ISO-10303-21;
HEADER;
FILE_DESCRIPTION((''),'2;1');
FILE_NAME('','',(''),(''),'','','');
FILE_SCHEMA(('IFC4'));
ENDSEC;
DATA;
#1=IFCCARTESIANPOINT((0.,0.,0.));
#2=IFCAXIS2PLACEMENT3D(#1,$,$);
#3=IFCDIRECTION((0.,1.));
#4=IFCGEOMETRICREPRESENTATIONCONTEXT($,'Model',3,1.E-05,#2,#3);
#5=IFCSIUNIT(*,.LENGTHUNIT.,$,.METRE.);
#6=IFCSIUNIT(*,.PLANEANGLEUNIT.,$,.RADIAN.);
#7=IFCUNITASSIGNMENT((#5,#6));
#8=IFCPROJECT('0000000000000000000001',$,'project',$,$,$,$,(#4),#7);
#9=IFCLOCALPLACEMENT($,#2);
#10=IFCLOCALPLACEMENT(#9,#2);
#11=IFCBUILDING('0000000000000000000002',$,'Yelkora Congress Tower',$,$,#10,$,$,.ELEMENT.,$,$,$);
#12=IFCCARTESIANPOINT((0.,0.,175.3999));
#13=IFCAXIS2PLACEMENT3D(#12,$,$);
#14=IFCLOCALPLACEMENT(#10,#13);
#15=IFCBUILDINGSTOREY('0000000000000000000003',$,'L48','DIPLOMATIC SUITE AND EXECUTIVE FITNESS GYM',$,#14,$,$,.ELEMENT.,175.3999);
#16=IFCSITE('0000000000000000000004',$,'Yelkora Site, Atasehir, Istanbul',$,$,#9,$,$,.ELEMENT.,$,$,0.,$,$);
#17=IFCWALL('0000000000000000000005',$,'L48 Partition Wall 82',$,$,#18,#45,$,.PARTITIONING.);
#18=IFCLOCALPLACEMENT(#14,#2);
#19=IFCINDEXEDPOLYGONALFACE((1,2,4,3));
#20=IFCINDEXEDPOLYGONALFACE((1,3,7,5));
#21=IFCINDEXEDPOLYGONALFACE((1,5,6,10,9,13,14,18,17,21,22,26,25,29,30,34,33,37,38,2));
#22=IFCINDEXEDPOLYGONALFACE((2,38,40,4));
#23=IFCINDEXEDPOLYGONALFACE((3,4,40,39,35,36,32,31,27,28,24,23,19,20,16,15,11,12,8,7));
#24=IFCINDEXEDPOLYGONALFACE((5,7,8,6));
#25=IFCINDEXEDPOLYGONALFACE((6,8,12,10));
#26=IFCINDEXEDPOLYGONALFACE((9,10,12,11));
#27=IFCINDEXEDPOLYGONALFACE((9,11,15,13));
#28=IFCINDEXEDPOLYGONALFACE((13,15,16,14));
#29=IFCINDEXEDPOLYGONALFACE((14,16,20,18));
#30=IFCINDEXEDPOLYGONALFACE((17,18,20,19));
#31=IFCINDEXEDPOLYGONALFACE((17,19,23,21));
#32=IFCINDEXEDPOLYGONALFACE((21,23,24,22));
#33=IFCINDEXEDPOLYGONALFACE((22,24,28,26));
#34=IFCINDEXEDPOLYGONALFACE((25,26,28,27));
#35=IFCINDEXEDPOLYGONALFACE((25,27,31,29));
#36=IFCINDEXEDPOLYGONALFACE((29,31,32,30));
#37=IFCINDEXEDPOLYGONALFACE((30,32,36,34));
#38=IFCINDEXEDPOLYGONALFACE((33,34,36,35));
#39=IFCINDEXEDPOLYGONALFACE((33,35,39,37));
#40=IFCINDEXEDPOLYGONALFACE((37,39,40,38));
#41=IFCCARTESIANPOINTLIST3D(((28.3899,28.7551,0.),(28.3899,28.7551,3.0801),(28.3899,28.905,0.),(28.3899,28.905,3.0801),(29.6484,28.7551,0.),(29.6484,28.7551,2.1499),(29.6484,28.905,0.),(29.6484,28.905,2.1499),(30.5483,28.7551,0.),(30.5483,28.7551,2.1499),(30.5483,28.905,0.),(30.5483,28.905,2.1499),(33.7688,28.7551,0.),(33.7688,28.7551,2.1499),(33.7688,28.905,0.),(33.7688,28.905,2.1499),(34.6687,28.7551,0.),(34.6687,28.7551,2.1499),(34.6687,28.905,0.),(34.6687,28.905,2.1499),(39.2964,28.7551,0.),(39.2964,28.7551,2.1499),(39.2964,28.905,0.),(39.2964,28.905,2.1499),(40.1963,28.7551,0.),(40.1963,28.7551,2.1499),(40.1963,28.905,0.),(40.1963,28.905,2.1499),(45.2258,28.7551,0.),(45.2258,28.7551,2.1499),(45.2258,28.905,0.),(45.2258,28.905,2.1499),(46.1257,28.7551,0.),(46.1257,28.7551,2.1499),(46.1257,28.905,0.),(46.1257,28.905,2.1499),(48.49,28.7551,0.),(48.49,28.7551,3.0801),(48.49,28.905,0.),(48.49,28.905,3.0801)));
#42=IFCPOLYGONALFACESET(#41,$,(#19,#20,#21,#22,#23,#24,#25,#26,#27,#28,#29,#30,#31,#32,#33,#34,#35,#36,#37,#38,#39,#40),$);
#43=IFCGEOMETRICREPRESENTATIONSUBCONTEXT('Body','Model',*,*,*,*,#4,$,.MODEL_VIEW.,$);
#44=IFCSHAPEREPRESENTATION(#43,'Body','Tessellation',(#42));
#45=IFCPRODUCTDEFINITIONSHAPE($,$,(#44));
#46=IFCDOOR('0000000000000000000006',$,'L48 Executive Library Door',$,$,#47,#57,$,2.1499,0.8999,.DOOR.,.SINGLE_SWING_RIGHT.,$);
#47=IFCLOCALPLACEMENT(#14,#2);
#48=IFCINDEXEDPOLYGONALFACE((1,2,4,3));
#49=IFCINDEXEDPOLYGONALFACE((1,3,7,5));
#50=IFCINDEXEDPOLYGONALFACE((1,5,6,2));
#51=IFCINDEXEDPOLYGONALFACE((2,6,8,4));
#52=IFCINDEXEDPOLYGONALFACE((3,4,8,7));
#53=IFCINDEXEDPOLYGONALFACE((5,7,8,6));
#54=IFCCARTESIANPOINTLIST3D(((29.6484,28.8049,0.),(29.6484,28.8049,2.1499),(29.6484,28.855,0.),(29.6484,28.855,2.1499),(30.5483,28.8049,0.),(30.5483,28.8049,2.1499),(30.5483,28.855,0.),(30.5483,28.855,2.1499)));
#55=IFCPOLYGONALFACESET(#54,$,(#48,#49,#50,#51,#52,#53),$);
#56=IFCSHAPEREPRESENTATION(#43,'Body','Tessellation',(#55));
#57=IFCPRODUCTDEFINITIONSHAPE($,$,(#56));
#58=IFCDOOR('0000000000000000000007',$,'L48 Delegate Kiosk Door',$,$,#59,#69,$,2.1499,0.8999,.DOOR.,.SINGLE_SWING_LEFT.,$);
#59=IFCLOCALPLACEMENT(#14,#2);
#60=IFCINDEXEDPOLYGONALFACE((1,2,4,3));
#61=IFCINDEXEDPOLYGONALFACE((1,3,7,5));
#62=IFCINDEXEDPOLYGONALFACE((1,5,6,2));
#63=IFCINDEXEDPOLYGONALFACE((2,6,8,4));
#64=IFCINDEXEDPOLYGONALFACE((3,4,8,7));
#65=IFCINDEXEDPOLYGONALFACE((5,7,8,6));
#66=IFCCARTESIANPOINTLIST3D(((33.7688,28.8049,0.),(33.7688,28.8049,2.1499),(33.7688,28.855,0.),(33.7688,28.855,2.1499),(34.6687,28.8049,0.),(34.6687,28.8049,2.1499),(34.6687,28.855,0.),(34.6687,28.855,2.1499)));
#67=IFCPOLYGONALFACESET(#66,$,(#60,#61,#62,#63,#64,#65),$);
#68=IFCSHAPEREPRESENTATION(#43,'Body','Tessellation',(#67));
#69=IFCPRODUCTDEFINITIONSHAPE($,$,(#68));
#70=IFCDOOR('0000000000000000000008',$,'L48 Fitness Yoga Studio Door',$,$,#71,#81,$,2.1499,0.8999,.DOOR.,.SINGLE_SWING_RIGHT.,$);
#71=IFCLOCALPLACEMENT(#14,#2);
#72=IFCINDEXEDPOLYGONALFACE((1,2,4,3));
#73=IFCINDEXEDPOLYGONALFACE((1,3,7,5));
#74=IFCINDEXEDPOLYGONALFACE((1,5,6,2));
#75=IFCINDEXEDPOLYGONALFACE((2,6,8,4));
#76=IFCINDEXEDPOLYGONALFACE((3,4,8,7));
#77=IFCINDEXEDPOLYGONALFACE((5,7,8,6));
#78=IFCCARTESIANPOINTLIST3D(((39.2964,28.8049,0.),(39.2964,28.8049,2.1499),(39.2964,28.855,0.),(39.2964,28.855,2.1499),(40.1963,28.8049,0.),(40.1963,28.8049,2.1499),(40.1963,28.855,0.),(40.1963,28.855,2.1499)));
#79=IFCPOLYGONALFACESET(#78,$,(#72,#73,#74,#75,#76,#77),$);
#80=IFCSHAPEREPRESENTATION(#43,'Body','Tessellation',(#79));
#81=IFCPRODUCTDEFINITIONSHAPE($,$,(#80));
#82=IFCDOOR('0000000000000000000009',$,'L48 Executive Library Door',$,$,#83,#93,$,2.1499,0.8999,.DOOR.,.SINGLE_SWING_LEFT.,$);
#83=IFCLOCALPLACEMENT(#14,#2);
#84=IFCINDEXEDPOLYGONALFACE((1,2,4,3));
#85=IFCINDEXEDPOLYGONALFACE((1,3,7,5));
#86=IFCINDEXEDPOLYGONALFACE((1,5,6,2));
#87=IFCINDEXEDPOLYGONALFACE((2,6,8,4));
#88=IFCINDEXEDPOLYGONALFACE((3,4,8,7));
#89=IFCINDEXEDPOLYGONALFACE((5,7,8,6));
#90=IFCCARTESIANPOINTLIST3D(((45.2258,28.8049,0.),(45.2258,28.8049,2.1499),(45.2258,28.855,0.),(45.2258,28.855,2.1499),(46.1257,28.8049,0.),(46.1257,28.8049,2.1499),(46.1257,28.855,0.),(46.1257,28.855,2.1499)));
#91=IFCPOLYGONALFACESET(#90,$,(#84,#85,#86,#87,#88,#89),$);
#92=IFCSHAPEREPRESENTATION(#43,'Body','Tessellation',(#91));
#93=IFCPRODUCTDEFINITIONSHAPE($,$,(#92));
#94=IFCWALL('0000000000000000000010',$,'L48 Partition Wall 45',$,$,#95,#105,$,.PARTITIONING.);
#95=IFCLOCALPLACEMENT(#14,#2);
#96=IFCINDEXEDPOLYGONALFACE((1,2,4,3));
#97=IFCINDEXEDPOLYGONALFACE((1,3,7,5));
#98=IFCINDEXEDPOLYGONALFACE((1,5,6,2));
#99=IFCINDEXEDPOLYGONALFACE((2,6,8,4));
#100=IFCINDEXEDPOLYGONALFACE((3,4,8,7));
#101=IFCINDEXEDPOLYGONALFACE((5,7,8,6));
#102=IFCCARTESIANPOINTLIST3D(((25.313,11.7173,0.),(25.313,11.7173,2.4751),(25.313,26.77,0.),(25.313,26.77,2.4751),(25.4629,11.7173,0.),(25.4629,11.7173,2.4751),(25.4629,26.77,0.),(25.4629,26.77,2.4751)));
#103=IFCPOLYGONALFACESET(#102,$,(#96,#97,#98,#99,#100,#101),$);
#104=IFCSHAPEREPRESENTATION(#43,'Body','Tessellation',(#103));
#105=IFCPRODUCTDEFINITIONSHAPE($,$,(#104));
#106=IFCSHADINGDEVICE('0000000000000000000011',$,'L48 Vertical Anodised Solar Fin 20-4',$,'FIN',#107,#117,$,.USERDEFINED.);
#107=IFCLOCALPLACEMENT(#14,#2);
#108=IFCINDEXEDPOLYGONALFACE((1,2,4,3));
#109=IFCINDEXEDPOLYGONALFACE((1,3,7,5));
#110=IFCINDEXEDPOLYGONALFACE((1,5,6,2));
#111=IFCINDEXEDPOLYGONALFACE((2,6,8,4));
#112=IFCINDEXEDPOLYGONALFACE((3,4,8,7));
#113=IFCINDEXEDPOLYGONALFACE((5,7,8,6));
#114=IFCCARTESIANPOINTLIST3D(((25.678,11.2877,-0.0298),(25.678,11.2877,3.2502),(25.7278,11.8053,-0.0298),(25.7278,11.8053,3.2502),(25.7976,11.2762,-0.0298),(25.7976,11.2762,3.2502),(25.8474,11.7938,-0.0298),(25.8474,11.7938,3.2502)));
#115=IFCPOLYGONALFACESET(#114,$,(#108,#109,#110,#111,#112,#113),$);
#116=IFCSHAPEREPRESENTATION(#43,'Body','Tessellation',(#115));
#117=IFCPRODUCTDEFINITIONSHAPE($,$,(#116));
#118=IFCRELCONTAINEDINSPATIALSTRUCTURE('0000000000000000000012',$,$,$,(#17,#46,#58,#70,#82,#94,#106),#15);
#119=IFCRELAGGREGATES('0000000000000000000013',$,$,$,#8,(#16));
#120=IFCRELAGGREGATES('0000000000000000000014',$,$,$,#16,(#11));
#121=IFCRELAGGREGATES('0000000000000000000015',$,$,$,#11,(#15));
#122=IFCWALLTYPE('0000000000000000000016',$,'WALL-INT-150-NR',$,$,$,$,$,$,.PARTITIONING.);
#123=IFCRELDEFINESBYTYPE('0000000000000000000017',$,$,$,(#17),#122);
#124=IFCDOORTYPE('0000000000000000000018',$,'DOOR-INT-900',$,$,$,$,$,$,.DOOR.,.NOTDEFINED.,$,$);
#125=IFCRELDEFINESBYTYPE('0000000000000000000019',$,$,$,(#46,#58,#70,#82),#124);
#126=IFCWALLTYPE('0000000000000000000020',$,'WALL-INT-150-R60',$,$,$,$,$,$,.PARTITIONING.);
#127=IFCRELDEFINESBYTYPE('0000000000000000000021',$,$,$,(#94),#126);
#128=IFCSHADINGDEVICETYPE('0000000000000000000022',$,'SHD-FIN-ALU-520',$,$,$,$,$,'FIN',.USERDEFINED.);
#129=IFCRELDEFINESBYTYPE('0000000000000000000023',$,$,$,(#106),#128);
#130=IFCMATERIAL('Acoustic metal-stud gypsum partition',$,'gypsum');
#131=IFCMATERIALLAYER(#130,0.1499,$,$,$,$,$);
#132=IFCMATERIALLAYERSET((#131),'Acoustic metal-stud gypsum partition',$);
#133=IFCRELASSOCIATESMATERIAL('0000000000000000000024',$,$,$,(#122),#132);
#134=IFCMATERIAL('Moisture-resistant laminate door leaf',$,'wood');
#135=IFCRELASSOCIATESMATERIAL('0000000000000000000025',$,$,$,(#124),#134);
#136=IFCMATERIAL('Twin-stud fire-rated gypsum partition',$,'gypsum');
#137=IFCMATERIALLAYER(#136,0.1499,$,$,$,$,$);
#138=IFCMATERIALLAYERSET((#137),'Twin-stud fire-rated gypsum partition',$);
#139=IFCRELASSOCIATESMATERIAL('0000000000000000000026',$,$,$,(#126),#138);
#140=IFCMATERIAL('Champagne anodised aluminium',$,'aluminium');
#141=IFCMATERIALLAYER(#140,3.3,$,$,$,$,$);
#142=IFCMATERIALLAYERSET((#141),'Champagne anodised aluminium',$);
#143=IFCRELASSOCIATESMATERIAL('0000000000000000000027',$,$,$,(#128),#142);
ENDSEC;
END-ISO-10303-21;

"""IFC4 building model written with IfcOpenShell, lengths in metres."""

from ifc_helpers import new_model, si_unit, direction, frame, frame_2d, origin, origin_2d, place, context, subcontext, project, spatial, rectangle, extrude, material, layer, layer_set, type_object, element, fill, save


model = new_model("IFC4")

# Units and contexts
model_context = context("Model", 3, precision=1e-05, world=origin(), true_north=direction((0.0, 1.0)))
body_context = subcontext(model_context, "Body", "Model", "MODEL_VIEW")
ifc_project = project(units=[si_unit("LENGTHUNIT", "METRE"), si_unit("PLANEANGLEUNIT", "RADIAN")], contexts=[model_context])

# Site, building, storey
site_placement = place(None, origin())
site = spatial("IfcSite", under=ifc_project, at=site_placement, Name="Yelkora Site, Atasehir, Istanbul", CompositionType="ELEMENT", RefElevation=0.0)
building_placement = place(site_placement, origin())
building = spatial("IfcBuilding", under=site, at=building_placement, Name="Yelkora Congress Tower", CompositionType="ELEMENT")
storey_placement = place(building_placement, frame((0.0, 0.0, 175.3999)))
storey = spatial("IfcBuildingStorey", under=building, at=storey_placement, Name="L48", Description="DIPLOMATIC SUITE AND EXECUTIVE FITNESS GYM", CompositionType="ELEMENT", Elevation=175.3999)

# Shared definitions
ifc_material_1 = material(Name="Acoustic metal-stud gypsum partition", Category="gypsum")
ifc_layer_1 = layer(ifc_material_1, 0.1499)
ifc_layer_set_1 = layer_set([ifc_layer_1], Name="Acoustic metal-stud gypsum partition")
wall_type_1 = type_object("IfcWallType", Name="WALL-INT-150-NR", PredefinedType="PARTITIONING", material=ifc_layer_set_1)

# Wall, openings, doors
wall_1_placement = place(storey_placement, frame((28.3899, 28.8301, 0.0), z_axis=(0.0, 0.0, 1.0), x_axis=(1.0, 0.0, 0.0)))
wall_1 = element("IfcWall", 1, at=wall_1_placement, inside=storey, type_object=wall_type_1, Name="L48 Partition Wall 82", PredefinedType="PARTITIONING", context=body_context, shape_type="SweptSolid", body=[
    extrude(rectangle(XDim=20.1001, YDim=0.1499, at=frame_2d((10.05, 0.0))), origin(), (0.0, 0.0, 1.0), 3.0801),
])
opening_1_placement = place(wall_1_placement, frame((1.2585, 0.0, 0.0)))
opening_1 = element("IfcOpeningElement", 2, at=opening_1_placement, cuts=wall_1, PredefinedType="OPENING", context=body_context, shape_type="SweptSolid", body=[
    extrude(rectangle(XDim=0.8999, YDim=2.1499, at=frame_2d((0.45, 1.075))), frame((0.0, 0.085, 0.0), z_axis=(0.0, -1.0, 0.0), x_axis=(1.0, 0.0, 0.0)), (0.0, 0.0, 1.0), 0.1699),
])
opening_2_placement = place(wall_1_placement, frame((5.3789, 0.0, 0.0)))
opening_2 = element("IfcOpeningElement", 3, at=opening_2_placement, cuts=wall_1, PredefinedType="OPENING", context=body_context, shape_type="SweptSolid", body=[
    extrude(rectangle(XDim=0.8999, YDim=2.1499, at=frame_2d((0.45, 1.075))), frame((0.0, 0.085, 0.0), z_axis=(0.0, -1.0, 0.0), x_axis=(1.0, 0.0, 0.0)), (0.0, 0.0, 1.0), 0.1699),
])
opening_3_placement = place(wall_1_placement, frame((10.9065, 0.0, 0.0)))
opening_3 = element("IfcOpeningElement", 4, at=opening_3_placement, cuts=wall_1, PredefinedType="OPENING", context=body_context, shape_type="SweptSolid", body=[
    extrude(rectangle(XDim=0.8999, YDim=2.1499, at=frame_2d((0.45, 1.075))), frame((0.0, 0.085, 0.0), z_axis=(0.0, -1.0, 0.0), x_axis=(1.0, 0.0, 0.0)), (0.0, 0.0, 1.0), 0.1699),
])
opening_4_placement = place(wall_1_placement, frame((16.8359, 0.0, 0.0)))
opening_4 = element("IfcOpeningElement", 5, at=opening_4_placement, cuts=wall_1, PredefinedType="OPENING", context=body_context, shape_type="SweptSolid", body=[
    extrude(rectangle(XDim=0.8999, YDim=2.1499, at=frame_2d((0.45, 1.075))), frame((0.0, 0.085, 0.0), z_axis=(0.0, -1.0, 0.0), x_axis=(1.0, 0.0, 0.0)), (0.0, 0.0, 1.0), 0.1699),
])
ifc_material_2 = material(Name="Moisture-resistant laminate door leaf", Category="wood")
door_type_1 = type_object("IfcDoorType", Name="DOOR-INT-900", OperationType="NOTDEFINED", PredefinedType="DOOR", material=ifc_material_2)
door_1_placement = place(opening_1_placement, origin())
door_1 = element("IfcDoor", 6, at=door_1_placement, inside=storey, type_object=door_type_1, Name="L48 Executive Library Door", OperationType="SINGLE_SWING_RIGHT", OverallHeight=2.1499, OverallWidth=0.8999, PredefinedType="DOOR", context=body_context, shape_type="SweptSolid", body=[
    extrude(rectangle(XDim=0.8999, YDim=2.1499, at=frame_2d((0.45, 1.075))), frame((0.0, 0.0249, 0.0), z_axis=(0.0, -1.0, 0.0), x_axis=(1.0, 0.0, 0.0)), (0.0, 0.0, 1.0), 0.05),
])
fill(opening_1, door_1)
door_2_placement = place(opening_2_placement, origin())
door_2 = element("IfcDoor", 7, at=door_2_placement, inside=storey, type_object=door_type_1, Name="L48 Delegate Kiosk Door", OperationType="SINGLE_SWING_LEFT", OverallHeight=2.1499, OverallWidth=0.8999, PredefinedType="DOOR", context=body_context, shape_type="SweptSolid", body=[
    extrude(rectangle(XDim=0.8999, YDim=2.1499, at=frame_2d((0.45, 1.075))), frame((0.0, 0.0249, 0.0), z_axis=(0.0, -1.0, 0.0), x_axis=(1.0, 0.0, 0.0)), (0.0, 0.0, 1.0), 0.05),
])
fill(opening_2, door_2)
door_3_placement = place(opening_3_placement, origin())
door_3 = element("IfcDoor", 8, at=door_3_placement, inside=storey, type_object=door_type_1, Name="L48 Fitness Yoga Studio Door", OperationType="SINGLE_SWING_RIGHT", OverallHeight=2.1499, OverallWidth=0.8999, PredefinedType="DOOR", context=body_context, shape_type="SweptSolid", body=[
    extrude(rectangle(XDim=0.8999, YDim=2.1499, at=frame_2d((0.45, 1.075))), frame((0.0, 0.0249, 0.0), z_axis=(0.0, -1.0, 0.0), x_axis=(1.0, 0.0, 0.0)), (0.0, 0.0, 1.0), 0.05),
])
fill(opening_3, door_3)
door_4_placement = place(opening_4_placement, origin())
door_4 = element("IfcDoor", 9, at=door_4_placement, inside=storey, type_object=door_type_1, Name="L48 Executive Library Door", OperationType="SINGLE_SWING_LEFT", OverallHeight=2.1499, OverallWidth=0.8999, PredefinedType="DOOR", context=body_context, shape_type="SweptSolid", body=[
    extrude(rectangle(XDim=0.8999, YDim=2.1499, at=frame_2d((0.45, 1.075))), frame((0.0, 0.0249, 0.0), z_axis=(0.0, -1.0, 0.0), x_axis=(1.0, 0.0, 0.0)), (0.0, 0.0, 1.0), 0.05),
])
fill(opening_4, door_4)

# Wall
ifc_material_3 = material(Name="Twin-stud fire-rated gypsum partition", Category="gypsum")
ifc_layer_2 = layer(ifc_material_3, 0.1499)
ifc_layer_set_2 = layer_set([ifc_layer_2], Name="Twin-stud fire-rated gypsum partition")
wall_type_2 = type_object("IfcWallType", Name="WALL-INT-150-R60", PredefinedType="PARTITIONING", material=ifc_layer_set_2)
wall_2_placement = place(storey_placement, frame((25.3879, 11.7173, 0.0), z_axis=(0.0, 0.0, 1.0), x_axis=(0.0, 1.0, 0.0)))
element("IfcWall", 10, at=wall_2_placement, inside=storey, type_object=wall_type_2, Name="L48 Partition Wall 45", PredefinedType="PARTITIONING", context=body_context, shape_type="SweptSolid", body=[
    extrude(rectangle(XDim=15.0527, YDim=0.1499, at=frame_2d((7.5264, 0.0))), origin(), (0.0, 0.0, 1.0), 2.4751),
])

# Shading device
ifc_material_4 = material(Name="Champagne anodised aluminium", Category="aluminium")
ifc_layer_3 = layer(ifc_material_4, 3.3)
ifc_layer_set_3 = layer_set([ifc_layer_3], Name="Champagne anodised aluminium")
shading_device_type = type_object("IfcShadingDeviceType", Name="SHD-FIN-ALU-520", ElementType="FIN", PredefinedType="USERDEFINED", material=ifc_layer_set_3)
shading_device_placement = place(storey_placement, frame((25.7627, 11.5408, -0.0298), z_axis=(0.0, 0.0, 1.0), x_axis=(-0.995396, 0.095846, 0.0)))
element("IfcShadingDevice", 11, at=shading_device_placement, inside=storey, type_object=shading_device_type, Name="L48 Vertical Anodised Solar Fin 20-4", ObjectType="FIN", PredefinedType="USERDEFINED", context=body_context, shape_type="SweptSolid", body=[
    extrude(rectangle(XDim=0.1201, YDim=0.52, at=origin_2d()), origin(), (0.0, 0.0, 1.0), 3.28),
])

save(model, "model.ifc")
